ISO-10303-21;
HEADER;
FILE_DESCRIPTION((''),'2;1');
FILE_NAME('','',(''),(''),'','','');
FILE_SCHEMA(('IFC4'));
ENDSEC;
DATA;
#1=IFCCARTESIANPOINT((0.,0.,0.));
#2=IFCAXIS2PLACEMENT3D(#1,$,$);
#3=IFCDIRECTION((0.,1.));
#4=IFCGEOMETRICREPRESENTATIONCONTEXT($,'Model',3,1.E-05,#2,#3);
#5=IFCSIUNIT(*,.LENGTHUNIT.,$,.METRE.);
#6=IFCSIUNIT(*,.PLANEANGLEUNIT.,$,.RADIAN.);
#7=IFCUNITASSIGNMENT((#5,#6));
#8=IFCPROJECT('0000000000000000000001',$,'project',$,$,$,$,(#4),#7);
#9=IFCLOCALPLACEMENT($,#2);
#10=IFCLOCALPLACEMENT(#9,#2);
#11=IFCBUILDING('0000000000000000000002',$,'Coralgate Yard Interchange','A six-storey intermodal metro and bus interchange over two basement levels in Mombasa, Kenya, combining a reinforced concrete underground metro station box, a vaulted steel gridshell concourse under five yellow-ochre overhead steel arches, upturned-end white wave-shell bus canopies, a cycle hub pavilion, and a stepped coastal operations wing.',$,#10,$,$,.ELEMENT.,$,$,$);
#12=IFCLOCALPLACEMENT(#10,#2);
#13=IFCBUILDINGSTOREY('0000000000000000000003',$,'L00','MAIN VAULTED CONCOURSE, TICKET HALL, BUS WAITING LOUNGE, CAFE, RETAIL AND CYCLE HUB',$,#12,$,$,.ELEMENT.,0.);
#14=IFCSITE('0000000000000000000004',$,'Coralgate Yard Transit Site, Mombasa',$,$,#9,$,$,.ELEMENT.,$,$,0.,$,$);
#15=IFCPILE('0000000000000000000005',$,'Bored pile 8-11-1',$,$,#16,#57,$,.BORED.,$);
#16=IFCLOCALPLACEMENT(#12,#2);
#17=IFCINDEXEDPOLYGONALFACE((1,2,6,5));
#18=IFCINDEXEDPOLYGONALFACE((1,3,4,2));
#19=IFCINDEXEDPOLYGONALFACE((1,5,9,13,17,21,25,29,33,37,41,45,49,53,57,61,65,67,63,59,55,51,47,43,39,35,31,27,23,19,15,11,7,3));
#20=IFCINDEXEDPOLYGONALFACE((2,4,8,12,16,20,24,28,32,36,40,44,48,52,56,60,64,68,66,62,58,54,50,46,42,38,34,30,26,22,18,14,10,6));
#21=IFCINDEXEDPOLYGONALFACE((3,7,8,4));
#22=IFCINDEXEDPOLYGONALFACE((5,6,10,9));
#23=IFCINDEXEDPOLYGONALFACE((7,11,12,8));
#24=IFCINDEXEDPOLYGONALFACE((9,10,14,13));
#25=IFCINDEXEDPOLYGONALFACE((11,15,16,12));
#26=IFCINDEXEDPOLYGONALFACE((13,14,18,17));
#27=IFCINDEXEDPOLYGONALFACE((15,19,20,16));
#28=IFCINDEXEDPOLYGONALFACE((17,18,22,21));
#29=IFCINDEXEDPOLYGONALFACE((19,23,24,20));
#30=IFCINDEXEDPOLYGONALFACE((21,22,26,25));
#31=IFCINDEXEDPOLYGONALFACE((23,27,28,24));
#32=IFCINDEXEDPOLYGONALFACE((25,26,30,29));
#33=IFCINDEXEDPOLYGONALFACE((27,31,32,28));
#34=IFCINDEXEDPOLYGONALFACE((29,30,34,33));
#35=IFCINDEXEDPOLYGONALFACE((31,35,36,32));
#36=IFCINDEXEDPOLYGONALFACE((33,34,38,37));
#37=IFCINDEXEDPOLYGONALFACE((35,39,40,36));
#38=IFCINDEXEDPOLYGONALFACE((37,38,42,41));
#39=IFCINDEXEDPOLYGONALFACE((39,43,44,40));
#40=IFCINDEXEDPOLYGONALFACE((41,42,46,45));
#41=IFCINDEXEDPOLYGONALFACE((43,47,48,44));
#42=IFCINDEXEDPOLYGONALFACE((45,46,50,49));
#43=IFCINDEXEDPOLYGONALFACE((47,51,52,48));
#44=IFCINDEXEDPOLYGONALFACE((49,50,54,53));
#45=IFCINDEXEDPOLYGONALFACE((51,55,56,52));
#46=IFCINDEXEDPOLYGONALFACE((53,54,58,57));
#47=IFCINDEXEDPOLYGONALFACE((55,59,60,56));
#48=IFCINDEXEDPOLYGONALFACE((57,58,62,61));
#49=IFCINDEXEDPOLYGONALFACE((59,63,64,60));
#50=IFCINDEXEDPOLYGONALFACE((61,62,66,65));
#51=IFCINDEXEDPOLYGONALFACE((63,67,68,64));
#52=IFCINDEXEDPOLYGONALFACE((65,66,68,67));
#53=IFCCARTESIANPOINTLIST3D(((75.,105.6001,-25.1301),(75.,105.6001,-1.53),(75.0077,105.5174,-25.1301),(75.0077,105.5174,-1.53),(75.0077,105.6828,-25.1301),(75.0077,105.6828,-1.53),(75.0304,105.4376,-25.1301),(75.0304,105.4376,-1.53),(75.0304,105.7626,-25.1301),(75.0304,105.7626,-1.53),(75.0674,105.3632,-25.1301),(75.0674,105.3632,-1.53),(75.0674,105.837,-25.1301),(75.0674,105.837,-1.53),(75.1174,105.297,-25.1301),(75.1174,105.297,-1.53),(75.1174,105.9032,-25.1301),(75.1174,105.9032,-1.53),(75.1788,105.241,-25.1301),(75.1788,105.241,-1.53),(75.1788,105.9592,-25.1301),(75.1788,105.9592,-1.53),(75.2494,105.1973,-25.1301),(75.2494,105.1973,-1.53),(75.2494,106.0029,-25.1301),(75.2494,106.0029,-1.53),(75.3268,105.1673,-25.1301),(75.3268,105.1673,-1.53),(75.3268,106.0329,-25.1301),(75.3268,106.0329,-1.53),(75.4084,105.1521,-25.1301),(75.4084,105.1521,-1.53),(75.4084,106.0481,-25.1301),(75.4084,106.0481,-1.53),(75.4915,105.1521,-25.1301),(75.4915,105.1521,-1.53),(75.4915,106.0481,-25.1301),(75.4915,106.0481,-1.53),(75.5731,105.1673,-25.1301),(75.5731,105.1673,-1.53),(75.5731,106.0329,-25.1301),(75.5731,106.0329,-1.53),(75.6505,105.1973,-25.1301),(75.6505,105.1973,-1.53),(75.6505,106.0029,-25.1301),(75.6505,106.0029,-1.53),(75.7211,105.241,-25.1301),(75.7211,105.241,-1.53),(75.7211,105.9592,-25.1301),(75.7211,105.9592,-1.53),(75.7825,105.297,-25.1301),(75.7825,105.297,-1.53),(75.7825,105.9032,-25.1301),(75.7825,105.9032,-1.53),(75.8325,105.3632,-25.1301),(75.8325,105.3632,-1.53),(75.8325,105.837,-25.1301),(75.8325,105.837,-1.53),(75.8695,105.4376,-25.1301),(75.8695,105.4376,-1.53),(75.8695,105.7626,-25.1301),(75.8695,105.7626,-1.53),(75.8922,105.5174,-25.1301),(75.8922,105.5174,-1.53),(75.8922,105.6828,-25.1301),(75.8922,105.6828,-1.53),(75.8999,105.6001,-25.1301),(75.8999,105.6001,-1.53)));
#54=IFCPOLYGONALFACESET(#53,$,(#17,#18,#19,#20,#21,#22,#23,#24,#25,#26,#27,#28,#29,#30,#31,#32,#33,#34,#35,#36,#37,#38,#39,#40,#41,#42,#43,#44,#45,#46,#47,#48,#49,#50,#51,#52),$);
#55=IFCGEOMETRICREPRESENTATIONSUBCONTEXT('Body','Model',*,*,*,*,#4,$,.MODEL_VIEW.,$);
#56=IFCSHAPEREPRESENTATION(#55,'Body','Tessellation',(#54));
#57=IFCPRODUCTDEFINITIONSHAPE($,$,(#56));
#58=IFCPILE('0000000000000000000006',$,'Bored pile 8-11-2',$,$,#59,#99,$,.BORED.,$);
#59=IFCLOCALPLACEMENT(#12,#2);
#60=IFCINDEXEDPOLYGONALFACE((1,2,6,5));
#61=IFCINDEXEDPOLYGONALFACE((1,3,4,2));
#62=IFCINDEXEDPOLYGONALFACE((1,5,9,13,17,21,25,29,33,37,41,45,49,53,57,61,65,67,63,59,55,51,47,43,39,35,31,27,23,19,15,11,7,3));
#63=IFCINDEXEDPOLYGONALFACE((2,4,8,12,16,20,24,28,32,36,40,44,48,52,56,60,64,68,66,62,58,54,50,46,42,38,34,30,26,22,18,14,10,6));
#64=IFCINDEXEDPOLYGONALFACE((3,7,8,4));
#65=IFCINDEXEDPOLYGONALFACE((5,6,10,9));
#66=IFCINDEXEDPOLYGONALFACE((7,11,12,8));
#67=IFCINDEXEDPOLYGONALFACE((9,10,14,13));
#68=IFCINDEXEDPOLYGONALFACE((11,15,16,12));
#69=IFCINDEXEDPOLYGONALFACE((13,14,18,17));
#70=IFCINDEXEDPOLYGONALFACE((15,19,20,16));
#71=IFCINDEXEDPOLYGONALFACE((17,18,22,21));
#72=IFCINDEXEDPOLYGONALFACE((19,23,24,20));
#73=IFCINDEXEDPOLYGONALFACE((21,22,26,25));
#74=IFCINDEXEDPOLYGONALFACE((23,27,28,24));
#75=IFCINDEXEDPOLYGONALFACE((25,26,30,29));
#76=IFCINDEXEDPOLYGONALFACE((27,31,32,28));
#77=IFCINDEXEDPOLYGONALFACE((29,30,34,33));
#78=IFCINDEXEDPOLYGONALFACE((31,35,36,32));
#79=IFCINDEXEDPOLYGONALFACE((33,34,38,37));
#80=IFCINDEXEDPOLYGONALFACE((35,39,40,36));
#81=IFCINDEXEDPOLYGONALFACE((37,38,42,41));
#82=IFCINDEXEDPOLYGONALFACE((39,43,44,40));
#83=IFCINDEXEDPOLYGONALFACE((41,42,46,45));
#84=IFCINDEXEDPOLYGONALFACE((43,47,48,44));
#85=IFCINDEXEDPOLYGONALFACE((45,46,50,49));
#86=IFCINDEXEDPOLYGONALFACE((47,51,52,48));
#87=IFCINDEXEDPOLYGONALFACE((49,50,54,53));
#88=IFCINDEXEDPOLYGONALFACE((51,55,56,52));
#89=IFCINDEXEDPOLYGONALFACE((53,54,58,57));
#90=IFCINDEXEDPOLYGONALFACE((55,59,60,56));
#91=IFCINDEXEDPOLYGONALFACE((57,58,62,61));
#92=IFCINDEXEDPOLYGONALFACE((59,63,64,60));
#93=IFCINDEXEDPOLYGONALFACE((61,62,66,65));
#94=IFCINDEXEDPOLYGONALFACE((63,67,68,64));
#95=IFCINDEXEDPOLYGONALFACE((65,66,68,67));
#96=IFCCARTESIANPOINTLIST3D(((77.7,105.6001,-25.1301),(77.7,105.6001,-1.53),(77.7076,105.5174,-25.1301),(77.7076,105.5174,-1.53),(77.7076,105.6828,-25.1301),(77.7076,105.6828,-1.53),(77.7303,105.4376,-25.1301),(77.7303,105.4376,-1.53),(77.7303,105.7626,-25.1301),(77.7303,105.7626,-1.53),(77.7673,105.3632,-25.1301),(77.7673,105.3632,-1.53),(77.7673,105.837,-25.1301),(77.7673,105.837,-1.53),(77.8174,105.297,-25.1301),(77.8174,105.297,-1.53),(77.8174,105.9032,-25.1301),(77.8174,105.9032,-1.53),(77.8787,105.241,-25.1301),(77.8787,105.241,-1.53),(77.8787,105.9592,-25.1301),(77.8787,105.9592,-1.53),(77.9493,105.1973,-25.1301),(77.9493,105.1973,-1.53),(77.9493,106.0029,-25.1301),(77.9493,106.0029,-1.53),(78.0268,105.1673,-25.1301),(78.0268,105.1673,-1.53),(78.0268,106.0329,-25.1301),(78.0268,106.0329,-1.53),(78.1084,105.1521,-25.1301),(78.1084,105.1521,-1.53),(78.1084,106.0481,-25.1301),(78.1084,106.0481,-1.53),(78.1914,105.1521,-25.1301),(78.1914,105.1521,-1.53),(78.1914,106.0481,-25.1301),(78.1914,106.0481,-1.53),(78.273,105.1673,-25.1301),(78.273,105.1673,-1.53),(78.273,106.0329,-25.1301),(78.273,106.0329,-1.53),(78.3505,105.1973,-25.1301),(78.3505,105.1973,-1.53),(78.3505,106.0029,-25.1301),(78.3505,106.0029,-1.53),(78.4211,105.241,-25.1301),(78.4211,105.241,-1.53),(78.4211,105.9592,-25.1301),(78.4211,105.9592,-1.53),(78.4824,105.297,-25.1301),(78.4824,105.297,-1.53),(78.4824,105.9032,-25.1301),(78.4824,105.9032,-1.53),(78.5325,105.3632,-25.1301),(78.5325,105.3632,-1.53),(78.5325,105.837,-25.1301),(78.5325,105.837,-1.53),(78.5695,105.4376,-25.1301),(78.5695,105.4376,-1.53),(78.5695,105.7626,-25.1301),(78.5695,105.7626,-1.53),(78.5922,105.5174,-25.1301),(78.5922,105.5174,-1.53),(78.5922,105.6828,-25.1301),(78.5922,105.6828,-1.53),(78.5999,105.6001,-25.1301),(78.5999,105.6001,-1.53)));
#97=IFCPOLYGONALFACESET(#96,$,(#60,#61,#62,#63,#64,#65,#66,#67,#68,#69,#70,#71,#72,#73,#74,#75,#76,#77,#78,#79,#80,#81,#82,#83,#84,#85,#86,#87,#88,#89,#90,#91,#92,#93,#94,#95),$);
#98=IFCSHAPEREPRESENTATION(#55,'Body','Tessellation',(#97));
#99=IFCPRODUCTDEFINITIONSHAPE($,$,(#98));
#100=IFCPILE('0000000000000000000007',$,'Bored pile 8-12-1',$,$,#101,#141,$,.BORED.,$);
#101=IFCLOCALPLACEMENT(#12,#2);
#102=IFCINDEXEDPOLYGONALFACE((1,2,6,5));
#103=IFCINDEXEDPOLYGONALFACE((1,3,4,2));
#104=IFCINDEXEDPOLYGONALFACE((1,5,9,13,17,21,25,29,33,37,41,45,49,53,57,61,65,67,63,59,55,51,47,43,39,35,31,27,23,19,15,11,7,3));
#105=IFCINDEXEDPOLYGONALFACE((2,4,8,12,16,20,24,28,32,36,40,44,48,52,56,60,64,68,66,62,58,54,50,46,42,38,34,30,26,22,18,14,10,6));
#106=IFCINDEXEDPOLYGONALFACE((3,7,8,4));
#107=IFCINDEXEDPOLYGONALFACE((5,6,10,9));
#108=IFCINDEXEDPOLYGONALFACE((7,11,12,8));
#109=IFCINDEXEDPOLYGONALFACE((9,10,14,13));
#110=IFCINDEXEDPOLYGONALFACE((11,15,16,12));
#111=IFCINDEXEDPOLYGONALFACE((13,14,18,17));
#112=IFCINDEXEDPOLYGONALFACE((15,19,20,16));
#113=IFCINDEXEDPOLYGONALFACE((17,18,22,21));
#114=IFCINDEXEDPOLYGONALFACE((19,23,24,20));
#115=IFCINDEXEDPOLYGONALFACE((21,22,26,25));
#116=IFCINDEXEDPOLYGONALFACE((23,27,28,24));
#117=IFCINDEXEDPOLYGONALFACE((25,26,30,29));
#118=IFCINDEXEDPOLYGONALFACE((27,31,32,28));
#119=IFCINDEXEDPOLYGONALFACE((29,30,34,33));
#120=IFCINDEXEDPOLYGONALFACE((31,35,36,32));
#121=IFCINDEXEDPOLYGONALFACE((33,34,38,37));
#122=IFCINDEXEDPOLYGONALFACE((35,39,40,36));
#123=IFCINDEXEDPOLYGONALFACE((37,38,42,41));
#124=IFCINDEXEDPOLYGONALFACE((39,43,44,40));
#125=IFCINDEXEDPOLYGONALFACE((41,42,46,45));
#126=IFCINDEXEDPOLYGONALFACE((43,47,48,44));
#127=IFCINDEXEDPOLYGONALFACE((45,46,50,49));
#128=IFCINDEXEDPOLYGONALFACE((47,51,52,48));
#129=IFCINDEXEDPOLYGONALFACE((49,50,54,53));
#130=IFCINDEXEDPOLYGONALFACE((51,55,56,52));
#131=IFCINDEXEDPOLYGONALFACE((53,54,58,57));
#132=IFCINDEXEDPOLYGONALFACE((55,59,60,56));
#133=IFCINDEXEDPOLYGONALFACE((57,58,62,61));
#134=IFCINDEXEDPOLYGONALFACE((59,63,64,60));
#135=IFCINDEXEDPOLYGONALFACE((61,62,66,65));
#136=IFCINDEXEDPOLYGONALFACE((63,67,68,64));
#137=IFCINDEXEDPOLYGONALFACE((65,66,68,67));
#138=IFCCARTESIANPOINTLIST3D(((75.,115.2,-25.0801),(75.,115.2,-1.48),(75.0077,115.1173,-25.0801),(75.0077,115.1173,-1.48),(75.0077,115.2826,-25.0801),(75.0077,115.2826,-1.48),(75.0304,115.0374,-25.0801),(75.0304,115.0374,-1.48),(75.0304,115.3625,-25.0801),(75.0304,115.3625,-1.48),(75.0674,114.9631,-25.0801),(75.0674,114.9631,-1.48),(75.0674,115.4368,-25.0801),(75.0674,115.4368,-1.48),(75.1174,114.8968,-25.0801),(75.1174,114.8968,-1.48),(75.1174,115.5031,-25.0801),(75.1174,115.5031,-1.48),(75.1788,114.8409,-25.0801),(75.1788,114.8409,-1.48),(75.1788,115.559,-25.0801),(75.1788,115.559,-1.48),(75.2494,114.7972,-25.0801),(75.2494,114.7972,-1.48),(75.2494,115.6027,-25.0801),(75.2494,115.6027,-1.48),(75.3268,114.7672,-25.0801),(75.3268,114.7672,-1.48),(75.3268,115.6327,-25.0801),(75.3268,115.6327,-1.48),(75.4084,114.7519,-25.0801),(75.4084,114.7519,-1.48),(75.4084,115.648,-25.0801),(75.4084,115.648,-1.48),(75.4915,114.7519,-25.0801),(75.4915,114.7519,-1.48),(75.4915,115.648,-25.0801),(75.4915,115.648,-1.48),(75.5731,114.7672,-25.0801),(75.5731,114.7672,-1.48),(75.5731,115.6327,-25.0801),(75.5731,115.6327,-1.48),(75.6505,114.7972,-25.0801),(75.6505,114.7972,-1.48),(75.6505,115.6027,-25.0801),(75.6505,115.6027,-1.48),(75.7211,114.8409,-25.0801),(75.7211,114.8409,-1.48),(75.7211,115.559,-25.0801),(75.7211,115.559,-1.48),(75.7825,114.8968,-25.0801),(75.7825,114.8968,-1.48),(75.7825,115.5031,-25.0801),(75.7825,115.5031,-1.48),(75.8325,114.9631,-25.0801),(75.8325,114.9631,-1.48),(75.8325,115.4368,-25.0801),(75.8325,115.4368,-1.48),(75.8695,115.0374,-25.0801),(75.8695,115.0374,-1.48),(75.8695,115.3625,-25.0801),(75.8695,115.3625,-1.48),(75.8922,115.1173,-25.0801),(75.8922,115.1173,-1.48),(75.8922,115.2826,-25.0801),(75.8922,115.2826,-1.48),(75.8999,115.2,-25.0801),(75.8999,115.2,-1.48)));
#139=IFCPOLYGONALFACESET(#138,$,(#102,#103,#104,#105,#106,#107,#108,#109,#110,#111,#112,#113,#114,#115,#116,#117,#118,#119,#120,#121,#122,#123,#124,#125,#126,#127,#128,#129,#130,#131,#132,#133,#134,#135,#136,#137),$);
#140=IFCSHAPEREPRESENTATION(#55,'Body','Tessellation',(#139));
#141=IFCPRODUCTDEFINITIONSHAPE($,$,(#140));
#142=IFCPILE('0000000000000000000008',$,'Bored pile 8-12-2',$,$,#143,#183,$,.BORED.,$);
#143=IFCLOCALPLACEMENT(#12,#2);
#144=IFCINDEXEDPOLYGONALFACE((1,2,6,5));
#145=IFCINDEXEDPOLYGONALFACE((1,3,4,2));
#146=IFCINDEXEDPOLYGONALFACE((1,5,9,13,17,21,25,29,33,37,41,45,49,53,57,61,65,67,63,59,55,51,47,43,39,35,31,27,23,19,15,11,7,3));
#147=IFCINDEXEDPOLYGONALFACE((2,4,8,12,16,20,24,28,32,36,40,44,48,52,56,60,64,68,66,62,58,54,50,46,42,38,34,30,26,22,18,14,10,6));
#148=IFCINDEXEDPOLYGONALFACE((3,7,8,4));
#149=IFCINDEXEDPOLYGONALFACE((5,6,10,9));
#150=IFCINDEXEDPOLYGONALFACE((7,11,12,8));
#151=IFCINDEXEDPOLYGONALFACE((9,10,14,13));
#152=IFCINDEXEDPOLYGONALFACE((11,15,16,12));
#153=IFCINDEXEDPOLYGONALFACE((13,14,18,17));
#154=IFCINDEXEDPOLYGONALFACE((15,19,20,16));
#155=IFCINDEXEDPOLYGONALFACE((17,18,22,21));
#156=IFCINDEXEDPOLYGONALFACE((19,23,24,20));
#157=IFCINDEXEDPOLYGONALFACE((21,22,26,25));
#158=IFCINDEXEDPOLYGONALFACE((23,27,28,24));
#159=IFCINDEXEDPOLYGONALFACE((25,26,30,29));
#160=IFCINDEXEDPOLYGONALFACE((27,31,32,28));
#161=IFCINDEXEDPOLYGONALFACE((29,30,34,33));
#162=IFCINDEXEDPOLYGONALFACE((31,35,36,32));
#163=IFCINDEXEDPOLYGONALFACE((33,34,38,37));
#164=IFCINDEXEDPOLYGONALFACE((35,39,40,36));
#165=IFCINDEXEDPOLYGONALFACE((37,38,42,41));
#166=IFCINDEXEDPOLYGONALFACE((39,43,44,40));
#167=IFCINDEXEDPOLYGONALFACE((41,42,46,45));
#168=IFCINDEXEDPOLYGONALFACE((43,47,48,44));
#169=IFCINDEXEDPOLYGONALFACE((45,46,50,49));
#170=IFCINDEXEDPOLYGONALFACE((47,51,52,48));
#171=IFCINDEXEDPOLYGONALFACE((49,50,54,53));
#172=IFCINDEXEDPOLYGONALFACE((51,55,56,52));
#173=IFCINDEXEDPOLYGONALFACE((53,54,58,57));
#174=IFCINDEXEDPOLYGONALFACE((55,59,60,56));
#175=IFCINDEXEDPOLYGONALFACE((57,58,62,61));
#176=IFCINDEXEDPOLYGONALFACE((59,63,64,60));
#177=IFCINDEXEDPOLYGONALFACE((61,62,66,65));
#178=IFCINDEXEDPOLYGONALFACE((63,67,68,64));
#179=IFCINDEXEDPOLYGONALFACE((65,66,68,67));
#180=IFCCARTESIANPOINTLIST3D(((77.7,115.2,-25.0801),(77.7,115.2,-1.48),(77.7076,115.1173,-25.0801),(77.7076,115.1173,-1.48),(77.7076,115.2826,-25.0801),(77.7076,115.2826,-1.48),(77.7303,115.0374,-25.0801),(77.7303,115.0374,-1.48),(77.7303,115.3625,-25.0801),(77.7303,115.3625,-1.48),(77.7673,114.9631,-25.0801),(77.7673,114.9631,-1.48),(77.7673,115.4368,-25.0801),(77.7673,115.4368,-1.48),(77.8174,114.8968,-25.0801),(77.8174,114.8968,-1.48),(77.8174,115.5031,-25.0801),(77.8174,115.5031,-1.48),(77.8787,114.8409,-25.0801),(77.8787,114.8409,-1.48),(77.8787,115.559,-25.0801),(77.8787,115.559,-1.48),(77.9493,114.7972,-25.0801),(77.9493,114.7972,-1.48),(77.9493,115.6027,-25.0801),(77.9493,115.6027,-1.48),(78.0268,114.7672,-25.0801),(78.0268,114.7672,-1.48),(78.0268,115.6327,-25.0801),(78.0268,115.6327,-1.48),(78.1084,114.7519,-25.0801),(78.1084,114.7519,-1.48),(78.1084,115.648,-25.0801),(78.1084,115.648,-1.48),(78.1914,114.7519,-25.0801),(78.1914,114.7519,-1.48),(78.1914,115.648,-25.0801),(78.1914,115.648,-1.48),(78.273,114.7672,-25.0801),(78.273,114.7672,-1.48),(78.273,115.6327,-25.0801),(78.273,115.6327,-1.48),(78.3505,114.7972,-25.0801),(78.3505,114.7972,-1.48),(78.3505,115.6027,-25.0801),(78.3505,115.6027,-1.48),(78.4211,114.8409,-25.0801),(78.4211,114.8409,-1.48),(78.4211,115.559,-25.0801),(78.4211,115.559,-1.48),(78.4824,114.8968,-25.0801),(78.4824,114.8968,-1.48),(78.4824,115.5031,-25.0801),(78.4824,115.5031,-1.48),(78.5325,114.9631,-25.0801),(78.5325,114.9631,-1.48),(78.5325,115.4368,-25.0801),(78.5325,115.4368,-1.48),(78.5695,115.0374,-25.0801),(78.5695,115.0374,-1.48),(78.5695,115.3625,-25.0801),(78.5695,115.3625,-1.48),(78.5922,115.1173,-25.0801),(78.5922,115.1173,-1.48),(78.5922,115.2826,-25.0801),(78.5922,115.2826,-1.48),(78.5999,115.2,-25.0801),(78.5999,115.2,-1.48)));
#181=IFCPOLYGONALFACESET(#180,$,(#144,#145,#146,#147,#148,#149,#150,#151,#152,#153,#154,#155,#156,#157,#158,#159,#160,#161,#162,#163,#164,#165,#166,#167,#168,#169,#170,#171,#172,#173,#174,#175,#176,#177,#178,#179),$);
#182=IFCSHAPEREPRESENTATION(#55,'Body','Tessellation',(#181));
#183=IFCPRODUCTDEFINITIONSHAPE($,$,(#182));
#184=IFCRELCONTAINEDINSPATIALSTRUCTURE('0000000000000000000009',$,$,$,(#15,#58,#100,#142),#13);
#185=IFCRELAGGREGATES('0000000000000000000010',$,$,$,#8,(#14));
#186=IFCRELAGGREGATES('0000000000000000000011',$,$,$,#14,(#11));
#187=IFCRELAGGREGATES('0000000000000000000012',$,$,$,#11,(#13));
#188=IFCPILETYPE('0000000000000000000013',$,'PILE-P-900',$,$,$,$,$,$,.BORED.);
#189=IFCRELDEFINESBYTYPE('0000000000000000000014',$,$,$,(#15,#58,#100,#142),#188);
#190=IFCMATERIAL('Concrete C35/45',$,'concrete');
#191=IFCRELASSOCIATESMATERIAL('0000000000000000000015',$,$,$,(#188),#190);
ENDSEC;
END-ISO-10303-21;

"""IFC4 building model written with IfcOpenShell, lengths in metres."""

from ifc_helpers import new_model, si_unit, direction, frame, origin, origin_2d, place, context, subcontext, project, spatial, circle, extrude, material, material_profile, profile_set, type_object, element, save


model = new_model("IFC4")

# Units and contexts
model_context = context("Model", 3, precision=1e-05, world=origin(), true_north=direction((0.0, 1.0)))
body_context = subcontext(model_context, "Body", "Model", "MODEL_VIEW")
ifc_project = project(units=[si_unit("LENGTHUNIT", "METRE"), si_unit("PLANEANGLEUNIT", "RADIAN")], contexts=[model_context])

# Site, building, storey
site_placement = place(None, origin())
site = spatial("IfcSite", under=ifc_project, at=site_placement, Name="Coralgate Yard Transit Site, Mombasa", CompositionType="ELEMENT", RefElevation=0.0)
building_placement = place(site_placement, origin())
building = spatial("IfcBuilding", under=site, at=building_placement, Name="Coralgate Yard Interchange", Description="A six-storey intermodal metro and bus interchange over two basement levels in Mombasa, Kenya, combining a reinforced concrete underground metro station box, a vaulted steel gridshell concourse under five yellow-ochre overhead steel arches, upturned-end white wave-shell bus canopies, a cycle hub pavilion, and a stepped coastal operations wing.", CompositionType="ELEMENT")
storey_placement = place(building_placement, origin())
storey = spatial("IfcBuildingStorey", under=building, at=storey_placement, Name="L00", Description="MAIN VAULTED CONCOURSE, TICKET HALL, BUS WAITING LOUNGE, CAFE, RETAIL AND CYCLE HUB", CompositionType="ELEMENT", Elevation=0.0)

# Piles
ifc_material_1 = material(Name="Concrete C35/45", Category="concrete")
ifc_material_profile_1 = material_profile(ifc_material_1, circle(Radius=0.45, at=origin_2d()), Name="BORED PILE D900")
ifc_profile_set_1 = profile_set([ifc_material_profile_1], Name="Concrete C35/45")
pile_type = type_object("IfcPileType", Name="PILE-P-900", PredefinedType="BORED", material=ifc_profile_set_1)
for number, where, z_axis, x_axis, name in (
    (1, (75.45, 105.6001, -1.53), (0.0, 0.0, -1.0), (1.0, 0.0, 0.0), "Bored pile 8-11-1"),
    (2, (78.1499, 105.6001, -1.53), (0.0, 0.0, -1.0), (1.0, 0.0, 0.0), "Bored pile 8-11-2"),
    (3, (75.45, 115.2, -1.48), (0.0, 0.0, -1.0), (1.0, 0.0, 0.0), "Bored pile 8-12-1"),
    (4, (78.1499, 115.2, -1.48), (0.0, 0.0, -1.0), (1.0, 0.0, 0.0), "Bored pile 8-12-2"),
):
    element("IfcPile", number, at=place(storey_placement, frame(where, z_axis=z_axis, x_axis=x_axis)), inside=storey, type_object=pile_type, Name=name, PredefinedType="BORED", context=body_context, shape_type="SweptSolid", body=[
        extrude(circle(Radius=0.45, at=origin_2d()), origin(), (0.0, 0.0, 1.0), 23.6001),
    ])

save(model, "model.ifc")
